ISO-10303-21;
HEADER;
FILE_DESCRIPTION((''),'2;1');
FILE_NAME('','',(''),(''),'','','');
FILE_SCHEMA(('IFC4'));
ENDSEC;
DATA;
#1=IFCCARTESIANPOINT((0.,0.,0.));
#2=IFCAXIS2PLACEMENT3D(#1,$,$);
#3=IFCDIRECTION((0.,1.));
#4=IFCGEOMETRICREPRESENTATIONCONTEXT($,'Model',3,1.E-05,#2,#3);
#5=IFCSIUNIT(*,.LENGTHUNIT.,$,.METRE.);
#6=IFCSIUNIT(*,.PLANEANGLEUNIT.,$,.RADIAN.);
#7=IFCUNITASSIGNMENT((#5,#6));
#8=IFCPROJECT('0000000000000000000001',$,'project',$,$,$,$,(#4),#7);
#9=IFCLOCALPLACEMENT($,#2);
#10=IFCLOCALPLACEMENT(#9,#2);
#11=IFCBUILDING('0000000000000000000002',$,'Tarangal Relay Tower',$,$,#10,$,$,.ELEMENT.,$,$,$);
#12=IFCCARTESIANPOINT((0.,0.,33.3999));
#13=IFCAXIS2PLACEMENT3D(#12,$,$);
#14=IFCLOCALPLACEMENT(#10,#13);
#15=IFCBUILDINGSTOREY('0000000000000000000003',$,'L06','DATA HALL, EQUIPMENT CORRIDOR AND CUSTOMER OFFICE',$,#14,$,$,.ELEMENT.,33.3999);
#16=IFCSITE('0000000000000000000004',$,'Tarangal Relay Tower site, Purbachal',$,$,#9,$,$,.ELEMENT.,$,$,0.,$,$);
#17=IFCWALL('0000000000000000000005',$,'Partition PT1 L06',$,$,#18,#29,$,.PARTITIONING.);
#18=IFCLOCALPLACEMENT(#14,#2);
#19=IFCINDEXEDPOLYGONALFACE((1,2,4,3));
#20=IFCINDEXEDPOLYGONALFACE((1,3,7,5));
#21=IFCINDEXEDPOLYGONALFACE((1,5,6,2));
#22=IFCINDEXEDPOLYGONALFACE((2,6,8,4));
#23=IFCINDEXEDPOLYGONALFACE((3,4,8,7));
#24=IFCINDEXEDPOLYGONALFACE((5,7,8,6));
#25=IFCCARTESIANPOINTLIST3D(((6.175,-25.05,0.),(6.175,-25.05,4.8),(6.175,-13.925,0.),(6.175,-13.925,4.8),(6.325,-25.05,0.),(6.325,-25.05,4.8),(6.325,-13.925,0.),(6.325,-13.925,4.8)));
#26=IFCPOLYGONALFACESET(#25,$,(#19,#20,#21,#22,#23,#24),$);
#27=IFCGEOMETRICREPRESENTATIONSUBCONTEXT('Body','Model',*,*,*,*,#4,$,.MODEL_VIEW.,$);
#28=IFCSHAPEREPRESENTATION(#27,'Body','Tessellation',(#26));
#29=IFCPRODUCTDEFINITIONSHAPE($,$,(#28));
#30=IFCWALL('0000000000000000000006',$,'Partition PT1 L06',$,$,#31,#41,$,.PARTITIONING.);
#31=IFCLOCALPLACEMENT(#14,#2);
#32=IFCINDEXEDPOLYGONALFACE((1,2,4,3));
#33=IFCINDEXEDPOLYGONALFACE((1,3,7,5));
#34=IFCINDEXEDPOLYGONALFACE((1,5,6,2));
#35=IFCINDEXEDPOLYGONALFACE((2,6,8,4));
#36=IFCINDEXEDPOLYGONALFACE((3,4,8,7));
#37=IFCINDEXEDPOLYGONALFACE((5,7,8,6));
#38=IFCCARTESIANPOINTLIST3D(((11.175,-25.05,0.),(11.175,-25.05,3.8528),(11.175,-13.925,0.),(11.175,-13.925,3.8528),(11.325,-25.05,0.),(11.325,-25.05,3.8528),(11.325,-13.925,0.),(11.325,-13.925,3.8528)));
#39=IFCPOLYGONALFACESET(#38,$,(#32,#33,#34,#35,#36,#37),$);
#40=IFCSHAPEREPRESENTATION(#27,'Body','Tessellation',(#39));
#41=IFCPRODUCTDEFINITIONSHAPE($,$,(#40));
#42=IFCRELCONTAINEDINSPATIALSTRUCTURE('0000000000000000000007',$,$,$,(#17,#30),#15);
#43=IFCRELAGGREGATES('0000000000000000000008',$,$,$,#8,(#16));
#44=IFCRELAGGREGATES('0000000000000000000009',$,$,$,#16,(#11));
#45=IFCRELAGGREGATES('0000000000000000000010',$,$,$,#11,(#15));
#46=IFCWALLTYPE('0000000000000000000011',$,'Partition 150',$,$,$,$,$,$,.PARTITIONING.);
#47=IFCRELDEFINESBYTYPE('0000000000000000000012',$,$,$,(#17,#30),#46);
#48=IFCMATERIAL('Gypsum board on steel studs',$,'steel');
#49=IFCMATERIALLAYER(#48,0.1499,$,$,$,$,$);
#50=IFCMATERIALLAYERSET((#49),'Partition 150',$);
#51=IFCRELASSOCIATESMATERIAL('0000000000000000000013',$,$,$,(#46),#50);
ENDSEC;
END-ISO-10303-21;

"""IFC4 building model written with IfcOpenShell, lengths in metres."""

from ifc_helpers import new_model, si_unit, direction, frame, frame_2d, origin, place, context, subcontext, project, spatial, rectangle, extrude, material, layer, layer_set, type_object, element, save


model = new_model("IFC4")

# Units and contexts
model_context = context("Model", 3, precision=1e-05, world=origin(), true_north=direction((0.0, 1.0)))
body_context = subcontext(model_context, "Body", "Model", "MODEL_VIEW")
ifc_project = project(units=[si_unit("LENGTHUNIT", "METRE"), si_unit("PLANEANGLEUNIT", "RADIAN")], contexts=[model_context])

# Site, building, storey
site_placement = place(None, origin())
site = spatial("IfcSite", under=ifc_project, at=site_placement, Name="Tarangal Relay Tower site, Purbachal", CompositionType="ELEMENT", RefElevation=0.0)
building_placement = place(site_placement, origin())
building = spatial("IfcBuilding", under=site, at=building_placement, Name="Tarangal Relay Tower", CompositionType="ELEMENT")
storey_placement = place(building_placement, frame((0.0, 0.0, 33.3999)))
storey = spatial("IfcBuildingStorey", under=building, at=storey_placement, Name="L06", Description="DATA HALL, EQUIPMENT CORRIDOR AND CUSTOMER OFFICE", CompositionType="ELEMENT", Elevation=33.3999)

# Walls
ifc_material_1 = material(Name="Gypsum board on steel studs", Category="steel")
ifc_layer_1 = layer(ifc_material_1, 0.1499)
ifc_layer_set_1 = layer_set([ifc_layer_1], Name="Partition 150")
wall_type_1 = type_object("IfcWallType", Name="Partition 150", PredefinedType="PARTITIONING", material=ifc_layer_set_1)
wall_1_placement = place(storey_placement, frame((6.25, -25.05, 0.0), z_axis=(0.0, 0.0, 1.0), x_axis=(0.0, 1.0, 0.0)))
element("IfcWall", 1, at=wall_1_placement, inside=storey, type_object=wall_type_1, Name="Partition PT1 L06", PredefinedType="PARTITIONING", context=body_context, shape_type="SweptSolid", body=[
    extrude(rectangle(XDim=11.125, YDim=0.1499, at=frame_2d((5.5625, 0.0))), origin(), (0.0, 0.0, 1.0), 4.8),
])
wall_2_placement = place(storey_placement, frame((11.25, -25.05, 0.0), z_axis=(0.0, 0.0, 1.0), x_axis=(0.0, 1.0, 0.0)))
element("IfcWall", 2, at=wall_2_placement, inside=storey, type_object=wall_type_1, Name="Partition PT1 L06", PredefinedType="PARTITIONING", context=body_context, shape_type="SweptSolid", body=[
    extrude(rectangle(XDim=11.125, YDim=0.1499, at=frame_2d((5.5625, 0.0))), origin(), (0.0, 0.0, 1.0), 3.8528),
])

save(model, "model.ifc")
